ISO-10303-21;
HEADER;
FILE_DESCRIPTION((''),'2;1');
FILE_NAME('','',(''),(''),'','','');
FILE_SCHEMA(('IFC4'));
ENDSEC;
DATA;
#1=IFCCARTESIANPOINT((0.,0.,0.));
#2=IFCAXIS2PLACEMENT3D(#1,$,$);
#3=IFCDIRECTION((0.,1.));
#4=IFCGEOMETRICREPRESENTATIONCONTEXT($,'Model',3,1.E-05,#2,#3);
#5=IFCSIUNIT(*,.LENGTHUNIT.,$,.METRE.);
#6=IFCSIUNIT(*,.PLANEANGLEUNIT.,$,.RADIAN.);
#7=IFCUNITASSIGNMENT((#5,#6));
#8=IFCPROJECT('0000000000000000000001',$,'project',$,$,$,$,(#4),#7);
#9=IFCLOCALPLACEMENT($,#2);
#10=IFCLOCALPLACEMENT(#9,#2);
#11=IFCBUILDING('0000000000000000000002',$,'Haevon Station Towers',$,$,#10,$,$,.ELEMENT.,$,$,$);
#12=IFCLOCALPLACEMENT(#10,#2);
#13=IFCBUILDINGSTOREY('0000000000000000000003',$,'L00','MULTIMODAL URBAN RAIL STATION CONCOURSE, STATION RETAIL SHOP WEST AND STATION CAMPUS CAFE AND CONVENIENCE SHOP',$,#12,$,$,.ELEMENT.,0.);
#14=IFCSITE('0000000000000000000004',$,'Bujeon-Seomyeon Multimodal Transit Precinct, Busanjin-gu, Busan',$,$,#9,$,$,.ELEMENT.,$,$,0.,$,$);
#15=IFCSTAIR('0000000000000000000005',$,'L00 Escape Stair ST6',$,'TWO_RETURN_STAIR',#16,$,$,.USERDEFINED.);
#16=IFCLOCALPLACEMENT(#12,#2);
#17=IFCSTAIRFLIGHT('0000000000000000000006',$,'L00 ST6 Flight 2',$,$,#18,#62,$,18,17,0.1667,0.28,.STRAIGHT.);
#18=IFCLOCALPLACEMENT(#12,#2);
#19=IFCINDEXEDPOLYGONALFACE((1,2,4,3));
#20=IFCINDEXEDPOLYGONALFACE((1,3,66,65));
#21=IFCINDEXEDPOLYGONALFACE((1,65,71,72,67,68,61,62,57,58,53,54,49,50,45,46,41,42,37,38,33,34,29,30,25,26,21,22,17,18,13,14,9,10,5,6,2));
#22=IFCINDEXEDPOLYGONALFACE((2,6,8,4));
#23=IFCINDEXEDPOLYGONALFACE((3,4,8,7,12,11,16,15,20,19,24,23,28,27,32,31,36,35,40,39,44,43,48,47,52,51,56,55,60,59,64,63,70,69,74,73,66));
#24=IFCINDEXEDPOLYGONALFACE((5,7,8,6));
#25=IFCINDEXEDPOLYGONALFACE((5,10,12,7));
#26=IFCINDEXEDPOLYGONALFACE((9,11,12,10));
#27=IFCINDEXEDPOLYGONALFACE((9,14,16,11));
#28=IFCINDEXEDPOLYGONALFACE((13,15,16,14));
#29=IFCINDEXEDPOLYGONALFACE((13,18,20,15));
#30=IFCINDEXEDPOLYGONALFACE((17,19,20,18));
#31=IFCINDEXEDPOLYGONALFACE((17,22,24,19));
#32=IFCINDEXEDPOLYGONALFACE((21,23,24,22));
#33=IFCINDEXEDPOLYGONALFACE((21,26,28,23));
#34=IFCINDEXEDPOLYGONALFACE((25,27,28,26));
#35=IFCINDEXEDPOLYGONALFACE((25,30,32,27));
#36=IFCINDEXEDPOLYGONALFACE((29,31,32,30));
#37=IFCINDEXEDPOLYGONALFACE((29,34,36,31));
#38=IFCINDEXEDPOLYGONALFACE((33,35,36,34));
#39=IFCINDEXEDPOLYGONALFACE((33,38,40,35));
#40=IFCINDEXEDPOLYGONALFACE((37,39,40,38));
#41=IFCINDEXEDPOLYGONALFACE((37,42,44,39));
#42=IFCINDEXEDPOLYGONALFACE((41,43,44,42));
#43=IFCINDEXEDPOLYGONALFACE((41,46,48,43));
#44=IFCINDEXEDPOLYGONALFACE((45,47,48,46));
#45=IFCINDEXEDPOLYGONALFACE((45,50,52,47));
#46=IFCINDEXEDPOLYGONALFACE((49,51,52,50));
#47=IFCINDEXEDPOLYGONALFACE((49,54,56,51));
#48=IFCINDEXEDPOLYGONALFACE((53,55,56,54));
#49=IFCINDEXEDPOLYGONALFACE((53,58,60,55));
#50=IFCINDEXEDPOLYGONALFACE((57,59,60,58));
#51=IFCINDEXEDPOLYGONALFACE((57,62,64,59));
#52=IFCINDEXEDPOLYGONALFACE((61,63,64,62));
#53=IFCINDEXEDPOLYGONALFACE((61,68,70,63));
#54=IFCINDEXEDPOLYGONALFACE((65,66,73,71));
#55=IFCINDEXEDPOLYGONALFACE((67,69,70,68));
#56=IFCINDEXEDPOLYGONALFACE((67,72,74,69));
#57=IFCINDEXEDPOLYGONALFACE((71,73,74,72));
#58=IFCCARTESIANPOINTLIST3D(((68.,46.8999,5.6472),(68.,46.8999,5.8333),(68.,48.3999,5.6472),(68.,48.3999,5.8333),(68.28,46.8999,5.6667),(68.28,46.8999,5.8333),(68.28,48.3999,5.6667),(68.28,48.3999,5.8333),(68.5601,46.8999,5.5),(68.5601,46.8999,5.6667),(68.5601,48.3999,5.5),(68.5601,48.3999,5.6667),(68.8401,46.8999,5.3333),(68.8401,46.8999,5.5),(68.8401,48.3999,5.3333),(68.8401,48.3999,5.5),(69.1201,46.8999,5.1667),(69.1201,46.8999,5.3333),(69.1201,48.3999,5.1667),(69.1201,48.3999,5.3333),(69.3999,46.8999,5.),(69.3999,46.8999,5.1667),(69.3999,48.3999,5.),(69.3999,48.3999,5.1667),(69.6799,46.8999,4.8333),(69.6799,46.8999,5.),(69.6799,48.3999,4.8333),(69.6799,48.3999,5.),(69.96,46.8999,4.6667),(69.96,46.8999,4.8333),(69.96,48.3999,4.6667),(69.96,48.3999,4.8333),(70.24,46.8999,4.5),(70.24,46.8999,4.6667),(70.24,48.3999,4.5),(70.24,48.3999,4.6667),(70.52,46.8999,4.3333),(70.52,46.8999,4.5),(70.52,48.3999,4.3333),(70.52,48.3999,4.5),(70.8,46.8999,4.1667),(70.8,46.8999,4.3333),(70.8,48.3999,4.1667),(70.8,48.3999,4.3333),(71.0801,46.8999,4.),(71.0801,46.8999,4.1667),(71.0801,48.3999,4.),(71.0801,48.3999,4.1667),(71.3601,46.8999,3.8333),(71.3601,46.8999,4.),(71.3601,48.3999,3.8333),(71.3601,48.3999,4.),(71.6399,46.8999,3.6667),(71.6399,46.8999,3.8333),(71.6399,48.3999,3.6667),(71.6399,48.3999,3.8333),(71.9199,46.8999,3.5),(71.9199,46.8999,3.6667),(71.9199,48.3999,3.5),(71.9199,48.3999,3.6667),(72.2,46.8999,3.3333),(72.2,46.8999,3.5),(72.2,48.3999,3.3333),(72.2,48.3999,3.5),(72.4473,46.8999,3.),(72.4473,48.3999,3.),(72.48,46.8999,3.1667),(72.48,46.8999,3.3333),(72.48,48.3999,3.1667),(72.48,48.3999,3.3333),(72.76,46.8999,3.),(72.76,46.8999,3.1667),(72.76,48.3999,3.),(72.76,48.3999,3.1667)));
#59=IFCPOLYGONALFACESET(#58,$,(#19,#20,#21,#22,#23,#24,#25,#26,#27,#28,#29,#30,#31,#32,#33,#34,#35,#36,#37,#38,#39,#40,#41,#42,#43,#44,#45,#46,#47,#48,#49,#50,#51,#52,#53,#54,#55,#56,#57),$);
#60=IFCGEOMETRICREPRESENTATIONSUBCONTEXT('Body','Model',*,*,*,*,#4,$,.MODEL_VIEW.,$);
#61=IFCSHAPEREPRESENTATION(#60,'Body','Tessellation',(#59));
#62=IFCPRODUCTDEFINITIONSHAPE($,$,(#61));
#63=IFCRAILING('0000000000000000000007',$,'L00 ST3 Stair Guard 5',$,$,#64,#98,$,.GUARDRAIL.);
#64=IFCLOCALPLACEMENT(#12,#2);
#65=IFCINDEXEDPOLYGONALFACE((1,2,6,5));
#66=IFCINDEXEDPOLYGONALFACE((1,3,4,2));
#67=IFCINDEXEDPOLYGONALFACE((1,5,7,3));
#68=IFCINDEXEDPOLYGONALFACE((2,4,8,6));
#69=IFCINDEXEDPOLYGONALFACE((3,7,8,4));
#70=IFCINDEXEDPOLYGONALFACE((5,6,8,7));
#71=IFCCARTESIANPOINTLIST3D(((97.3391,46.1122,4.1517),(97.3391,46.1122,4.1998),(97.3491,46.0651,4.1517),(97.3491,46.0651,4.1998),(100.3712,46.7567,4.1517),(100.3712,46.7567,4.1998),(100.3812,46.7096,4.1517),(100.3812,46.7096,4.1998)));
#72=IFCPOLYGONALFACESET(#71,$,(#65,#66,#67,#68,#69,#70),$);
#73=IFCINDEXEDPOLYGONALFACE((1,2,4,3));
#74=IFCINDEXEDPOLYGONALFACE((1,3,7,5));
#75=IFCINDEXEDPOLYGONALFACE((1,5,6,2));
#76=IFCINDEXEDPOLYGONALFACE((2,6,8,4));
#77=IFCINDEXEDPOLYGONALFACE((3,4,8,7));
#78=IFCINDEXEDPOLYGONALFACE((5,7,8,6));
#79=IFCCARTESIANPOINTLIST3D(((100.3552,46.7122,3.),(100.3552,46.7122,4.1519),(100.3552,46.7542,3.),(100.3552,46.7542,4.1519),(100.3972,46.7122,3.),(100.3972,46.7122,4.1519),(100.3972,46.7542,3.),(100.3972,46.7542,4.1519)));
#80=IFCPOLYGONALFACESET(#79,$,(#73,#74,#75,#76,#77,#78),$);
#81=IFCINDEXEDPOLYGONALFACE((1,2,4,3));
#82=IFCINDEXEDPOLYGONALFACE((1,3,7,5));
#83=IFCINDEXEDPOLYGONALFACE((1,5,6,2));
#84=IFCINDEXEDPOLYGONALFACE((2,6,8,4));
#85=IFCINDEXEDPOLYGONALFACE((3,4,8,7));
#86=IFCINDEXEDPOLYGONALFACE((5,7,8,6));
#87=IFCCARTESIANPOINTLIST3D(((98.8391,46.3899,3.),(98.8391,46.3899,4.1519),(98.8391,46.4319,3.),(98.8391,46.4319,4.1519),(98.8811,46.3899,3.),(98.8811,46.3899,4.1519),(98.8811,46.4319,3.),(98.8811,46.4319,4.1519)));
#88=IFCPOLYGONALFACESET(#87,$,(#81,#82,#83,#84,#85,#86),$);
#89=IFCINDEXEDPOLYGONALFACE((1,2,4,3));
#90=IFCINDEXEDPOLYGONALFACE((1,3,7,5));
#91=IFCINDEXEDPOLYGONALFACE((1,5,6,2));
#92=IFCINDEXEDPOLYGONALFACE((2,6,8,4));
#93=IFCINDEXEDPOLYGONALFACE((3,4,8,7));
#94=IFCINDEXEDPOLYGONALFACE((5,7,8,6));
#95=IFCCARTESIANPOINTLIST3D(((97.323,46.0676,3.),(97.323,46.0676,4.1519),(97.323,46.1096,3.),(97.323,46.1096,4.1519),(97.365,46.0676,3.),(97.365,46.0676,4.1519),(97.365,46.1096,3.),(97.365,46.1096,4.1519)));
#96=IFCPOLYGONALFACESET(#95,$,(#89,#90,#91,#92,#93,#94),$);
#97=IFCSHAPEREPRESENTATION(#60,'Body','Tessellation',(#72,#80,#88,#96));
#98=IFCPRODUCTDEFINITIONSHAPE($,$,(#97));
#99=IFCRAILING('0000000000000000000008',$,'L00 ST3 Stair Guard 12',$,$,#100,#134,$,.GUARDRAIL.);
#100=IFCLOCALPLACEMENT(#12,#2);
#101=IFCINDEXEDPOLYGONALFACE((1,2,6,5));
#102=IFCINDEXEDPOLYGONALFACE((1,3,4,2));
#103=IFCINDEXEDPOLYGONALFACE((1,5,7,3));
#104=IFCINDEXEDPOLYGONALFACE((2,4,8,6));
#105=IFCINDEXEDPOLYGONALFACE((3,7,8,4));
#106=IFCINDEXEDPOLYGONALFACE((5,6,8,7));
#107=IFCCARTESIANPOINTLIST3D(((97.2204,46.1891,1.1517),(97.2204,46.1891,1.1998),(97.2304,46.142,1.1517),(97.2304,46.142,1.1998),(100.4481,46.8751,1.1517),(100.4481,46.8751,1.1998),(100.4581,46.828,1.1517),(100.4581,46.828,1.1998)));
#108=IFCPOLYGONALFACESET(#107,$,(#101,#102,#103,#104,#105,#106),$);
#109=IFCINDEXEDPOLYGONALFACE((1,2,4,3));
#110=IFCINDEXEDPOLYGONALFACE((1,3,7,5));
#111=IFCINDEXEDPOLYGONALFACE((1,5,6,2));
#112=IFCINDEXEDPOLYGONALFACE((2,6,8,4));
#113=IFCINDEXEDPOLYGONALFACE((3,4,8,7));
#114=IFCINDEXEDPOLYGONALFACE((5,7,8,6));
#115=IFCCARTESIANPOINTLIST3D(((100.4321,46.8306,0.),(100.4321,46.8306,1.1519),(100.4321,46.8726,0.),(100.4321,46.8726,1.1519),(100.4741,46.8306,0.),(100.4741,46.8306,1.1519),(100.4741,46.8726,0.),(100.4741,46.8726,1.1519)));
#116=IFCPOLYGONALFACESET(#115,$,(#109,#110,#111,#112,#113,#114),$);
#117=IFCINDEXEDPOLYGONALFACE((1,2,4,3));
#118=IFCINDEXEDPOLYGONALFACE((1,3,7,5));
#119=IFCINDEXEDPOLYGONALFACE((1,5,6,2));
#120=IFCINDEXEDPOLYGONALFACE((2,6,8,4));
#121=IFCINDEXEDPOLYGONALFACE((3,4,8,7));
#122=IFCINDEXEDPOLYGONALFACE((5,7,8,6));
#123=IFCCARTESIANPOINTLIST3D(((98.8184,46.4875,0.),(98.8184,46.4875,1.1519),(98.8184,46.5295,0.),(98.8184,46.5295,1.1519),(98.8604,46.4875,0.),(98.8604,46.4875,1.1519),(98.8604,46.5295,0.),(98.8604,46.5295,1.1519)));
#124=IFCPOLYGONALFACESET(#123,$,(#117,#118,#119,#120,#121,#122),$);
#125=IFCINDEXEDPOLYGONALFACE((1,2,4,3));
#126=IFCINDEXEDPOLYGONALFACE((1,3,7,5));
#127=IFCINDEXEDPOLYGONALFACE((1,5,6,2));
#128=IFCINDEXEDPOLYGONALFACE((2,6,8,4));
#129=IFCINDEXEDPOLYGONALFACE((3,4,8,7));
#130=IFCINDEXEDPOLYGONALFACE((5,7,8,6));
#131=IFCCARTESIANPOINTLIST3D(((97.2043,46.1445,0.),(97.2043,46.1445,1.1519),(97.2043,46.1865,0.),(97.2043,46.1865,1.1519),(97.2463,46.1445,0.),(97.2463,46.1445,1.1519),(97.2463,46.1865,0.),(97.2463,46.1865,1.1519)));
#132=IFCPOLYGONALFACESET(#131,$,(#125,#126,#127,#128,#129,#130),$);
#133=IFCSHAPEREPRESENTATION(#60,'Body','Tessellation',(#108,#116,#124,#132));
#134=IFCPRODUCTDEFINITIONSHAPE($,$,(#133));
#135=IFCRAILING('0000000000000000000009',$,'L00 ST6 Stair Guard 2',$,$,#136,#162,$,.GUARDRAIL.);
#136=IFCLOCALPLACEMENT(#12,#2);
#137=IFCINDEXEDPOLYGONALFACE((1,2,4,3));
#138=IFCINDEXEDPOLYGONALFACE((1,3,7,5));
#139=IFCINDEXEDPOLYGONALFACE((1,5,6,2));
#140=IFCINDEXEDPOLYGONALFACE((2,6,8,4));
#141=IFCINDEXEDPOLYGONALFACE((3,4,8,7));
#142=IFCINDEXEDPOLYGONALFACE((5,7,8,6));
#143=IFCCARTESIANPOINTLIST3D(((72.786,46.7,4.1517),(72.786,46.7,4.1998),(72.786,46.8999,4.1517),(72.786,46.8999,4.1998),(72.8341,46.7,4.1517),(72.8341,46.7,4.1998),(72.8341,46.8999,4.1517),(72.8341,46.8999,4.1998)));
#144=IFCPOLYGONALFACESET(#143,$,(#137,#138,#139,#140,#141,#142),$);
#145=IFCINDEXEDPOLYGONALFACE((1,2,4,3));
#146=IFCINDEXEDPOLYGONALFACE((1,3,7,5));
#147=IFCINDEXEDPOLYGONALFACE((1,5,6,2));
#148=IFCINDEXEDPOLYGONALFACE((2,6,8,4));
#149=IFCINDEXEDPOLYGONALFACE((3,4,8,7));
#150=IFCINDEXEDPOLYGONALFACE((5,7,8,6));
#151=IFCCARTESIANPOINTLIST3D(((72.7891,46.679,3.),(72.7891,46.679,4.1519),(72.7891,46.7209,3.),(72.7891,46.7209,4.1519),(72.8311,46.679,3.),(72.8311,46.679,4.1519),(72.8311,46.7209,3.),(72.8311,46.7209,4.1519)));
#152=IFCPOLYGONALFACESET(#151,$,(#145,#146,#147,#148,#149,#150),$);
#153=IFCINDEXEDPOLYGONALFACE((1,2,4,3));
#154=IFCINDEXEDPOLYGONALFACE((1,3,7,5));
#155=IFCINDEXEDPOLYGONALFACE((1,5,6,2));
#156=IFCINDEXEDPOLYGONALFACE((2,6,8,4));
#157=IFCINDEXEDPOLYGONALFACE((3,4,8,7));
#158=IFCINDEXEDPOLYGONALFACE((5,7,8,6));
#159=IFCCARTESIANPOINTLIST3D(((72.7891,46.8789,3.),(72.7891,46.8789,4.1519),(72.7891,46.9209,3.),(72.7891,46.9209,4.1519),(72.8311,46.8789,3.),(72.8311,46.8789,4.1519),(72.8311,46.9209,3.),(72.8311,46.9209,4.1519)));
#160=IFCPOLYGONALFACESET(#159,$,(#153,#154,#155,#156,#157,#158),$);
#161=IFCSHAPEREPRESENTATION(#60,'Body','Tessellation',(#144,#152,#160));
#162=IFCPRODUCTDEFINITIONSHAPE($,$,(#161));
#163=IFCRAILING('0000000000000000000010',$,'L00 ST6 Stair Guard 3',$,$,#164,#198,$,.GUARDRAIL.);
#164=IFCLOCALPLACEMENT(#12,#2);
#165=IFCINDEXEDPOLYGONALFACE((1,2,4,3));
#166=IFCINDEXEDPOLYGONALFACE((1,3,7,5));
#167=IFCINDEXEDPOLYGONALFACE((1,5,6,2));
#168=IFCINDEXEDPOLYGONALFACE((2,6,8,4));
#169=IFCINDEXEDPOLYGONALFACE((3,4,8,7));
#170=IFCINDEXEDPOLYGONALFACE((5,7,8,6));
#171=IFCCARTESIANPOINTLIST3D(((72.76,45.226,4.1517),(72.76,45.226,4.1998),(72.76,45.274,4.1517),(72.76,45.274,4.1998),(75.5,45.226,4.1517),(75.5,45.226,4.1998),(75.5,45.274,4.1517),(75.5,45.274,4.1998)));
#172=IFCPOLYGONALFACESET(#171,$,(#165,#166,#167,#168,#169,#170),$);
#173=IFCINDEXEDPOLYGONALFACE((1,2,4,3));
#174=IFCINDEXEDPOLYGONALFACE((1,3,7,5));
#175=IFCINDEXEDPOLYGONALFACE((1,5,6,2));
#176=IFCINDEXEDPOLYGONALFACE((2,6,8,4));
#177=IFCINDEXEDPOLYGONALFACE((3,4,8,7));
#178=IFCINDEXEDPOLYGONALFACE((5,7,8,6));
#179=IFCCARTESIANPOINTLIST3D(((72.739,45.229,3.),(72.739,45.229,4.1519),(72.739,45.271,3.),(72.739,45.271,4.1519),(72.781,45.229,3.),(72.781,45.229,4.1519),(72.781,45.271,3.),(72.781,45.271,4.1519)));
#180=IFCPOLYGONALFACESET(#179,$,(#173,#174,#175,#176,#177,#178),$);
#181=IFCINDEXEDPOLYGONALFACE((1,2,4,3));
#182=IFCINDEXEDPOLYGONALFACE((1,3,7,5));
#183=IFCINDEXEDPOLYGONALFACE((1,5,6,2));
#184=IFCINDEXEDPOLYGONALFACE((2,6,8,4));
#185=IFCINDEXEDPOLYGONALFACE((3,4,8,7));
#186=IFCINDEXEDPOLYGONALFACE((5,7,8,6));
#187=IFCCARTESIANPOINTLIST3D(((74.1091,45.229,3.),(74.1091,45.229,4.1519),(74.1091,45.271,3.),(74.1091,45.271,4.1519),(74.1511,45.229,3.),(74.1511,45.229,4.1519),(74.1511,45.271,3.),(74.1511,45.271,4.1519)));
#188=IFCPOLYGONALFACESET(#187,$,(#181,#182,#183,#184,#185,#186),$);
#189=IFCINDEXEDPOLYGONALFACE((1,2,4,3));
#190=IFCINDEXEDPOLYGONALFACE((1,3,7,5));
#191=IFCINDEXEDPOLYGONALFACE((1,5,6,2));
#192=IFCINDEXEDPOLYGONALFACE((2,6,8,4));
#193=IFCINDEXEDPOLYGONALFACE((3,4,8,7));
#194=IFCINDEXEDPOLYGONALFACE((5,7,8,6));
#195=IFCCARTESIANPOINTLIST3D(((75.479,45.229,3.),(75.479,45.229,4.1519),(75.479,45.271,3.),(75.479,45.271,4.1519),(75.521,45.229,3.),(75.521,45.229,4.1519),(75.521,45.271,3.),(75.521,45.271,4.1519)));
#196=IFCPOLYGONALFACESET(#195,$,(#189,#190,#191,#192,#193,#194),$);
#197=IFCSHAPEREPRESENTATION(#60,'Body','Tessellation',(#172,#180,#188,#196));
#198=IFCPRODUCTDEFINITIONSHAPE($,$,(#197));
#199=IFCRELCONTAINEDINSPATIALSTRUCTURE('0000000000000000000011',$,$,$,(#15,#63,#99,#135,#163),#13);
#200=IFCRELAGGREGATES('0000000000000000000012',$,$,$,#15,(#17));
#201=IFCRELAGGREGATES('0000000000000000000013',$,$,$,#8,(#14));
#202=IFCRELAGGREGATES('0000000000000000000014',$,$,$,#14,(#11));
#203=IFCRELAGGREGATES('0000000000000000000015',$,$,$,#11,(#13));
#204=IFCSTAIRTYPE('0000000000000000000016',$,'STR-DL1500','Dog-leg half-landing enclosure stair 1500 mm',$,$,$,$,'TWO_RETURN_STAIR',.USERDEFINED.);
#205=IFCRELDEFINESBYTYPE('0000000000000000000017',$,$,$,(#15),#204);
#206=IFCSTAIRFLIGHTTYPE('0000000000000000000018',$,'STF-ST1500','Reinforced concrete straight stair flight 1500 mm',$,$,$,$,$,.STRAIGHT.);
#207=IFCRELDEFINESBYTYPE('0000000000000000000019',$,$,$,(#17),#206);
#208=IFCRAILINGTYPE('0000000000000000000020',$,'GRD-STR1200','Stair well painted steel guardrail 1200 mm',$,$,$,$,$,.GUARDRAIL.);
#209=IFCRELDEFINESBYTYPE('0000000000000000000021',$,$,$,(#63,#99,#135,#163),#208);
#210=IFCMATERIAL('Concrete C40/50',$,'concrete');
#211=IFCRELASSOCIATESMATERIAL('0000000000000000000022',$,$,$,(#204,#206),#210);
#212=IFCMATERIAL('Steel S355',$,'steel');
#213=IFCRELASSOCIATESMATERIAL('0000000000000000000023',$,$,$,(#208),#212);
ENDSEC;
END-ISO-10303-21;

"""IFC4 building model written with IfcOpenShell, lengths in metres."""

from ifc_helpers import new_model, si_unit, direction, frame, origin, origin_2d, place, context, subcontext, project, spatial, polyline, rectangle, outline, extrude, material, type_object, element, aggregate, save


model = new_model("IFC4")

# Units and contexts
model_context = context("Model", 3, precision=1e-05, world=origin(), true_north=direction((0.0, 1.0)))
body_context = subcontext(model_context, "Body", "Model", "MODEL_VIEW")
ifc_project = project(units=[si_unit("LENGTHUNIT", "METRE"), si_unit("PLANEANGLEUNIT", "RADIAN")], contexts=[model_context])

# Site, building, storey
site_placement = place(None, origin())
site = spatial("IfcSite", under=ifc_project, at=site_placement, Name="Bujeon-Seomyeon Multimodal Transit Precinct, Busanjin-gu, Busan", CompositionType="ELEMENT", RefElevation=0.0)
building_placement = place(site_placement, origin())
building = spatial("IfcBuilding", under=site, at=building_placement, Name="Haevon Station Towers", CompositionType="ELEMENT")
storey_placement = place(building_placement, origin())
storey = spatial("IfcBuildingStorey", under=building, at=storey_placement, Name="L00", Description="MULTIMODAL URBAN RAIL STATION CONCOURSE, STATION RETAIL SHOP WEST AND STATION CAMPUS CAFE AND CONVENIENCE SHOP", CompositionType="ELEMENT", Elevation=0.0)

# Shared definitions
ifc_material_1 = material(Name="Steel S355", Category="steel")

# Stair, stair flight
ifc_material_2 = material(Name="Concrete C40/50", Category="concrete")
stair_type = type_object("IfcStairType", Name="STR-DL1500", Description="Dog-leg half-landing enclosure stair 1500 mm", ElementType="TWO_RETURN_STAIR", PredefinedType="USERDEFINED", material=ifc_material_2)
stair_placement = place(storey_placement, origin())
stair = element("IfcStair", 1, at=stair_placement, inside=storey, type_object=stair_type, Name="L00 Escape Stair ST6", ObjectType="TWO_RETURN_STAIR", PredefinedType="USERDEFINED")
stair_flight_type = type_object("IfcStairFlightType", Name="STF-ST1500", Description="Reinforced concrete straight stair flight 1500 mm", PredefinedType="STRAIGHT", material=ifc_material_2)
stair_flight_placement = place(storey_placement, frame((72.76, 47.6499, 3.0), z_axis=(0.0, 0.0, 1.0), x_axis=(-1.0, 0.0, 0.0)))
stair_flight = element("IfcStairFlight", 2, at=stair_flight_placement, type_object=stair_flight_type, Name="L00 ST6 Flight 2", NumberOfRisers=18, NumberOfTreads=17, PredefinedType="STRAIGHT", RiserHeight=0.1667, TreadLength=0.28, context=body_context, shape_type="SweptSolid", body=[
    extrude(outline(polyline([(0.0, 0.0), (0.0, 0.1667), (0.28, 0.1667), (0.28, 0.3333), (0.5601, 0.3333), (0.5601, 0.5), (0.8401, 0.5), (0.8401, 0.6667), (1.1201, 0.6667), (1.1201, 0.8333), (1.3999, 0.8333), (1.3999, 1.0), (1.6799, 1.0), (1.6799, 1.1667), (1.96, 1.1667), (1.96, 1.3333), (2.24, 1.3333), (2.24, 1.5), (2.52, 1.5), (2.52, 1.6667), (2.8, 1.6667), (2.8, 1.8333), (3.0801, 1.8333), (3.0801, 2.0), (3.3601, 2.0), (3.3601, 2.1667), (3.6399, 2.1667), (3.6399, 2.3333), (3.9199, 2.3333), (3.9199, 2.5), (4.2, 2.5), (4.2, 2.6667), (4.48, 2.6667), (4.48, 2.8333), (4.76, 2.8333), (4.76, 3.0), (4.76, 2.6472), (0.3127, 0.0), (0.0, 0.0)])), frame((0.0, 0.75, 0.0), z_axis=(0.0, -1.0, 0.0), x_axis=(1.0, 0.0, 0.0)), (0.0, 0.0, 1.0), 1.5),
])
aggregate(stair, [stair_flight])

# Railings
railing_type_1 = type_object("IfcRailingType", Name="GRD-STR1200", Description="Stair well painted steel guardrail 1200 mm", PredefinedType="GUARDRAIL", material=ifc_material_1)
railing_1_placement = place(storey_placement, frame((100.3762, 46.7332, 3.0)))
element("IfcRailing", 3, at=railing_1_placement, inside=storey, type_object=railing_type_1, Name="L00 ST3 Stair Guard 5", PredefinedType="GUARDRAIL", context=body_context, shape_type="SweptSolid", body=[
    extrude(rectangle(XDim=0.0481, YDim=0.0481, at=origin_2d()), frame((0.0, 0.0, 1.1758), z_axis=(-0.978147, -0.207915, 0.0), x_axis=(0.207915, -0.978147, 0.0)), (0.0, 0.0, 1.0), 3.0999),
    extrude(rectangle(XDim=0.042, YDim=0.042, at=origin_2d()), origin(), (0.0, 0.0, 1.0), 1.1519),
    extrude(rectangle(XDim=0.042, YDim=0.042, at=origin_2d()), frame((-1.5161, -0.3223, 0.0)), (0.0, 0.0, 1.0), 1.1519),
    extrude(rectangle(XDim=0.042, YDim=0.042, at=origin_2d()), frame((-3.0322, -0.6445, 0.0)), (0.0, 0.0, 1.0), 1.1519),
])
railing_2_placement = place(storey_placement, frame((100.4531, 46.8516, 0.0)))
element("IfcRailing", 4, at=railing_2_placement, inside=storey, type_object=railing_type_1, Name="L00 ST3 Stair Guard 12", PredefinedType="GUARDRAIL", context=body_context, shape_type="SweptSolid", body=[
    extrude(rectangle(XDim=0.0481, YDim=0.0481, at=origin_2d()), frame((0.0, 0.0, 1.1758), z_axis=(-0.978151, -0.207897, 0.0), x_axis=(0.207897, -0.978151, 0.0)), (0.0, 0.0, 1.0), 3.2998),
    extrude(rectangle(XDim=0.042, YDim=0.042, at=origin_2d()), origin(), (0.0, 0.0, 1.0), 1.1519),
    extrude(rectangle(XDim=0.042, YDim=0.042, at=origin_2d()), frame((-1.6138, -0.343, 0.0)), (0.0, 0.0, 1.0), 1.1519),
    extrude(rectangle(XDim=0.042, YDim=0.042, at=origin_2d()), frame((-3.2278, -0.686, 0.0)), (0.0, 0.0, 1.0), 1.1519),
])
railing_3_placement = place(storey_placement, frame((72.8101, 46.7, 3.0)))
element("IfcRailing", 5, at=railing_3_placement, inside=storey, type_object=railing_type_1, Name="L00 ST6 Stair Guard 2", PredefinedType="GUARDRAIL", context=body_context, shape_type="SweptSolid", body=[
    extrude(rectangle(XDim=0.0481, YDim=0.0481, at=origin_2d()), frame((0.0, 0.0, 1.1758), z_axis=(0.0, 1.0, 0.0), x_axis=(-1.0, 0.0, 0.0)), (0.0, 0.0, 1.0), 0.2),
    extrude(rectangle(XDim=0.042, YDim=0.042, at=origin_2d()), origin(), (0.0, 0.0, 1.0), 1.1519),
    extrude(rectangle(XDim=0.042, YDim=0.042, at=origin_2d()), frame((0.0, 0.2, 0.0)), (0.0, 0.0, 1.0), 1.1519),
])
for number, where, name in (
    (6, (72.76, 45.25, 3.0), "L00 ST6 Stair Guard 3"),
):
    element("IfcRailing", number, at=place(storey_placement, frame(where)), inside=storey, type_object=railing_type_1, Name=name, PredefinedType="GUARDRAIL", context=body_context, shape_type="SweptSolid", body=[
        extrude(rectangle(XDim=0.0481, YDim=0.0481, at=origin_2d()), frame((0.0, 0.0, 1.1758), z_axis=(1.0, 0.0, 0.0), x_axis=(0.0, 1.0, 0.0)), (0.0, 0.0, 1.0), 2.74),
        extrude(rectangle(XDim=0.042, YDim=0.042, at=origin_2d()), origin(), (0.0, 0.0, 1.0), 1.1519),
        extrude(rectangle(XDim=0.042, YDim=0.042, at=origin_2d()), frame((1.3701, 0.0, 0.0)), (0.0, 0.0, 1.0), 1.1519),
        extrude(rectangle(XDim=0.042, YDim=0.042, at=origin_2d()), frame((2.74, 0.0, 0.0)), (0.0, 0.0, 1.0), 1.1519),
    ])

save(model, "model.ifc")
